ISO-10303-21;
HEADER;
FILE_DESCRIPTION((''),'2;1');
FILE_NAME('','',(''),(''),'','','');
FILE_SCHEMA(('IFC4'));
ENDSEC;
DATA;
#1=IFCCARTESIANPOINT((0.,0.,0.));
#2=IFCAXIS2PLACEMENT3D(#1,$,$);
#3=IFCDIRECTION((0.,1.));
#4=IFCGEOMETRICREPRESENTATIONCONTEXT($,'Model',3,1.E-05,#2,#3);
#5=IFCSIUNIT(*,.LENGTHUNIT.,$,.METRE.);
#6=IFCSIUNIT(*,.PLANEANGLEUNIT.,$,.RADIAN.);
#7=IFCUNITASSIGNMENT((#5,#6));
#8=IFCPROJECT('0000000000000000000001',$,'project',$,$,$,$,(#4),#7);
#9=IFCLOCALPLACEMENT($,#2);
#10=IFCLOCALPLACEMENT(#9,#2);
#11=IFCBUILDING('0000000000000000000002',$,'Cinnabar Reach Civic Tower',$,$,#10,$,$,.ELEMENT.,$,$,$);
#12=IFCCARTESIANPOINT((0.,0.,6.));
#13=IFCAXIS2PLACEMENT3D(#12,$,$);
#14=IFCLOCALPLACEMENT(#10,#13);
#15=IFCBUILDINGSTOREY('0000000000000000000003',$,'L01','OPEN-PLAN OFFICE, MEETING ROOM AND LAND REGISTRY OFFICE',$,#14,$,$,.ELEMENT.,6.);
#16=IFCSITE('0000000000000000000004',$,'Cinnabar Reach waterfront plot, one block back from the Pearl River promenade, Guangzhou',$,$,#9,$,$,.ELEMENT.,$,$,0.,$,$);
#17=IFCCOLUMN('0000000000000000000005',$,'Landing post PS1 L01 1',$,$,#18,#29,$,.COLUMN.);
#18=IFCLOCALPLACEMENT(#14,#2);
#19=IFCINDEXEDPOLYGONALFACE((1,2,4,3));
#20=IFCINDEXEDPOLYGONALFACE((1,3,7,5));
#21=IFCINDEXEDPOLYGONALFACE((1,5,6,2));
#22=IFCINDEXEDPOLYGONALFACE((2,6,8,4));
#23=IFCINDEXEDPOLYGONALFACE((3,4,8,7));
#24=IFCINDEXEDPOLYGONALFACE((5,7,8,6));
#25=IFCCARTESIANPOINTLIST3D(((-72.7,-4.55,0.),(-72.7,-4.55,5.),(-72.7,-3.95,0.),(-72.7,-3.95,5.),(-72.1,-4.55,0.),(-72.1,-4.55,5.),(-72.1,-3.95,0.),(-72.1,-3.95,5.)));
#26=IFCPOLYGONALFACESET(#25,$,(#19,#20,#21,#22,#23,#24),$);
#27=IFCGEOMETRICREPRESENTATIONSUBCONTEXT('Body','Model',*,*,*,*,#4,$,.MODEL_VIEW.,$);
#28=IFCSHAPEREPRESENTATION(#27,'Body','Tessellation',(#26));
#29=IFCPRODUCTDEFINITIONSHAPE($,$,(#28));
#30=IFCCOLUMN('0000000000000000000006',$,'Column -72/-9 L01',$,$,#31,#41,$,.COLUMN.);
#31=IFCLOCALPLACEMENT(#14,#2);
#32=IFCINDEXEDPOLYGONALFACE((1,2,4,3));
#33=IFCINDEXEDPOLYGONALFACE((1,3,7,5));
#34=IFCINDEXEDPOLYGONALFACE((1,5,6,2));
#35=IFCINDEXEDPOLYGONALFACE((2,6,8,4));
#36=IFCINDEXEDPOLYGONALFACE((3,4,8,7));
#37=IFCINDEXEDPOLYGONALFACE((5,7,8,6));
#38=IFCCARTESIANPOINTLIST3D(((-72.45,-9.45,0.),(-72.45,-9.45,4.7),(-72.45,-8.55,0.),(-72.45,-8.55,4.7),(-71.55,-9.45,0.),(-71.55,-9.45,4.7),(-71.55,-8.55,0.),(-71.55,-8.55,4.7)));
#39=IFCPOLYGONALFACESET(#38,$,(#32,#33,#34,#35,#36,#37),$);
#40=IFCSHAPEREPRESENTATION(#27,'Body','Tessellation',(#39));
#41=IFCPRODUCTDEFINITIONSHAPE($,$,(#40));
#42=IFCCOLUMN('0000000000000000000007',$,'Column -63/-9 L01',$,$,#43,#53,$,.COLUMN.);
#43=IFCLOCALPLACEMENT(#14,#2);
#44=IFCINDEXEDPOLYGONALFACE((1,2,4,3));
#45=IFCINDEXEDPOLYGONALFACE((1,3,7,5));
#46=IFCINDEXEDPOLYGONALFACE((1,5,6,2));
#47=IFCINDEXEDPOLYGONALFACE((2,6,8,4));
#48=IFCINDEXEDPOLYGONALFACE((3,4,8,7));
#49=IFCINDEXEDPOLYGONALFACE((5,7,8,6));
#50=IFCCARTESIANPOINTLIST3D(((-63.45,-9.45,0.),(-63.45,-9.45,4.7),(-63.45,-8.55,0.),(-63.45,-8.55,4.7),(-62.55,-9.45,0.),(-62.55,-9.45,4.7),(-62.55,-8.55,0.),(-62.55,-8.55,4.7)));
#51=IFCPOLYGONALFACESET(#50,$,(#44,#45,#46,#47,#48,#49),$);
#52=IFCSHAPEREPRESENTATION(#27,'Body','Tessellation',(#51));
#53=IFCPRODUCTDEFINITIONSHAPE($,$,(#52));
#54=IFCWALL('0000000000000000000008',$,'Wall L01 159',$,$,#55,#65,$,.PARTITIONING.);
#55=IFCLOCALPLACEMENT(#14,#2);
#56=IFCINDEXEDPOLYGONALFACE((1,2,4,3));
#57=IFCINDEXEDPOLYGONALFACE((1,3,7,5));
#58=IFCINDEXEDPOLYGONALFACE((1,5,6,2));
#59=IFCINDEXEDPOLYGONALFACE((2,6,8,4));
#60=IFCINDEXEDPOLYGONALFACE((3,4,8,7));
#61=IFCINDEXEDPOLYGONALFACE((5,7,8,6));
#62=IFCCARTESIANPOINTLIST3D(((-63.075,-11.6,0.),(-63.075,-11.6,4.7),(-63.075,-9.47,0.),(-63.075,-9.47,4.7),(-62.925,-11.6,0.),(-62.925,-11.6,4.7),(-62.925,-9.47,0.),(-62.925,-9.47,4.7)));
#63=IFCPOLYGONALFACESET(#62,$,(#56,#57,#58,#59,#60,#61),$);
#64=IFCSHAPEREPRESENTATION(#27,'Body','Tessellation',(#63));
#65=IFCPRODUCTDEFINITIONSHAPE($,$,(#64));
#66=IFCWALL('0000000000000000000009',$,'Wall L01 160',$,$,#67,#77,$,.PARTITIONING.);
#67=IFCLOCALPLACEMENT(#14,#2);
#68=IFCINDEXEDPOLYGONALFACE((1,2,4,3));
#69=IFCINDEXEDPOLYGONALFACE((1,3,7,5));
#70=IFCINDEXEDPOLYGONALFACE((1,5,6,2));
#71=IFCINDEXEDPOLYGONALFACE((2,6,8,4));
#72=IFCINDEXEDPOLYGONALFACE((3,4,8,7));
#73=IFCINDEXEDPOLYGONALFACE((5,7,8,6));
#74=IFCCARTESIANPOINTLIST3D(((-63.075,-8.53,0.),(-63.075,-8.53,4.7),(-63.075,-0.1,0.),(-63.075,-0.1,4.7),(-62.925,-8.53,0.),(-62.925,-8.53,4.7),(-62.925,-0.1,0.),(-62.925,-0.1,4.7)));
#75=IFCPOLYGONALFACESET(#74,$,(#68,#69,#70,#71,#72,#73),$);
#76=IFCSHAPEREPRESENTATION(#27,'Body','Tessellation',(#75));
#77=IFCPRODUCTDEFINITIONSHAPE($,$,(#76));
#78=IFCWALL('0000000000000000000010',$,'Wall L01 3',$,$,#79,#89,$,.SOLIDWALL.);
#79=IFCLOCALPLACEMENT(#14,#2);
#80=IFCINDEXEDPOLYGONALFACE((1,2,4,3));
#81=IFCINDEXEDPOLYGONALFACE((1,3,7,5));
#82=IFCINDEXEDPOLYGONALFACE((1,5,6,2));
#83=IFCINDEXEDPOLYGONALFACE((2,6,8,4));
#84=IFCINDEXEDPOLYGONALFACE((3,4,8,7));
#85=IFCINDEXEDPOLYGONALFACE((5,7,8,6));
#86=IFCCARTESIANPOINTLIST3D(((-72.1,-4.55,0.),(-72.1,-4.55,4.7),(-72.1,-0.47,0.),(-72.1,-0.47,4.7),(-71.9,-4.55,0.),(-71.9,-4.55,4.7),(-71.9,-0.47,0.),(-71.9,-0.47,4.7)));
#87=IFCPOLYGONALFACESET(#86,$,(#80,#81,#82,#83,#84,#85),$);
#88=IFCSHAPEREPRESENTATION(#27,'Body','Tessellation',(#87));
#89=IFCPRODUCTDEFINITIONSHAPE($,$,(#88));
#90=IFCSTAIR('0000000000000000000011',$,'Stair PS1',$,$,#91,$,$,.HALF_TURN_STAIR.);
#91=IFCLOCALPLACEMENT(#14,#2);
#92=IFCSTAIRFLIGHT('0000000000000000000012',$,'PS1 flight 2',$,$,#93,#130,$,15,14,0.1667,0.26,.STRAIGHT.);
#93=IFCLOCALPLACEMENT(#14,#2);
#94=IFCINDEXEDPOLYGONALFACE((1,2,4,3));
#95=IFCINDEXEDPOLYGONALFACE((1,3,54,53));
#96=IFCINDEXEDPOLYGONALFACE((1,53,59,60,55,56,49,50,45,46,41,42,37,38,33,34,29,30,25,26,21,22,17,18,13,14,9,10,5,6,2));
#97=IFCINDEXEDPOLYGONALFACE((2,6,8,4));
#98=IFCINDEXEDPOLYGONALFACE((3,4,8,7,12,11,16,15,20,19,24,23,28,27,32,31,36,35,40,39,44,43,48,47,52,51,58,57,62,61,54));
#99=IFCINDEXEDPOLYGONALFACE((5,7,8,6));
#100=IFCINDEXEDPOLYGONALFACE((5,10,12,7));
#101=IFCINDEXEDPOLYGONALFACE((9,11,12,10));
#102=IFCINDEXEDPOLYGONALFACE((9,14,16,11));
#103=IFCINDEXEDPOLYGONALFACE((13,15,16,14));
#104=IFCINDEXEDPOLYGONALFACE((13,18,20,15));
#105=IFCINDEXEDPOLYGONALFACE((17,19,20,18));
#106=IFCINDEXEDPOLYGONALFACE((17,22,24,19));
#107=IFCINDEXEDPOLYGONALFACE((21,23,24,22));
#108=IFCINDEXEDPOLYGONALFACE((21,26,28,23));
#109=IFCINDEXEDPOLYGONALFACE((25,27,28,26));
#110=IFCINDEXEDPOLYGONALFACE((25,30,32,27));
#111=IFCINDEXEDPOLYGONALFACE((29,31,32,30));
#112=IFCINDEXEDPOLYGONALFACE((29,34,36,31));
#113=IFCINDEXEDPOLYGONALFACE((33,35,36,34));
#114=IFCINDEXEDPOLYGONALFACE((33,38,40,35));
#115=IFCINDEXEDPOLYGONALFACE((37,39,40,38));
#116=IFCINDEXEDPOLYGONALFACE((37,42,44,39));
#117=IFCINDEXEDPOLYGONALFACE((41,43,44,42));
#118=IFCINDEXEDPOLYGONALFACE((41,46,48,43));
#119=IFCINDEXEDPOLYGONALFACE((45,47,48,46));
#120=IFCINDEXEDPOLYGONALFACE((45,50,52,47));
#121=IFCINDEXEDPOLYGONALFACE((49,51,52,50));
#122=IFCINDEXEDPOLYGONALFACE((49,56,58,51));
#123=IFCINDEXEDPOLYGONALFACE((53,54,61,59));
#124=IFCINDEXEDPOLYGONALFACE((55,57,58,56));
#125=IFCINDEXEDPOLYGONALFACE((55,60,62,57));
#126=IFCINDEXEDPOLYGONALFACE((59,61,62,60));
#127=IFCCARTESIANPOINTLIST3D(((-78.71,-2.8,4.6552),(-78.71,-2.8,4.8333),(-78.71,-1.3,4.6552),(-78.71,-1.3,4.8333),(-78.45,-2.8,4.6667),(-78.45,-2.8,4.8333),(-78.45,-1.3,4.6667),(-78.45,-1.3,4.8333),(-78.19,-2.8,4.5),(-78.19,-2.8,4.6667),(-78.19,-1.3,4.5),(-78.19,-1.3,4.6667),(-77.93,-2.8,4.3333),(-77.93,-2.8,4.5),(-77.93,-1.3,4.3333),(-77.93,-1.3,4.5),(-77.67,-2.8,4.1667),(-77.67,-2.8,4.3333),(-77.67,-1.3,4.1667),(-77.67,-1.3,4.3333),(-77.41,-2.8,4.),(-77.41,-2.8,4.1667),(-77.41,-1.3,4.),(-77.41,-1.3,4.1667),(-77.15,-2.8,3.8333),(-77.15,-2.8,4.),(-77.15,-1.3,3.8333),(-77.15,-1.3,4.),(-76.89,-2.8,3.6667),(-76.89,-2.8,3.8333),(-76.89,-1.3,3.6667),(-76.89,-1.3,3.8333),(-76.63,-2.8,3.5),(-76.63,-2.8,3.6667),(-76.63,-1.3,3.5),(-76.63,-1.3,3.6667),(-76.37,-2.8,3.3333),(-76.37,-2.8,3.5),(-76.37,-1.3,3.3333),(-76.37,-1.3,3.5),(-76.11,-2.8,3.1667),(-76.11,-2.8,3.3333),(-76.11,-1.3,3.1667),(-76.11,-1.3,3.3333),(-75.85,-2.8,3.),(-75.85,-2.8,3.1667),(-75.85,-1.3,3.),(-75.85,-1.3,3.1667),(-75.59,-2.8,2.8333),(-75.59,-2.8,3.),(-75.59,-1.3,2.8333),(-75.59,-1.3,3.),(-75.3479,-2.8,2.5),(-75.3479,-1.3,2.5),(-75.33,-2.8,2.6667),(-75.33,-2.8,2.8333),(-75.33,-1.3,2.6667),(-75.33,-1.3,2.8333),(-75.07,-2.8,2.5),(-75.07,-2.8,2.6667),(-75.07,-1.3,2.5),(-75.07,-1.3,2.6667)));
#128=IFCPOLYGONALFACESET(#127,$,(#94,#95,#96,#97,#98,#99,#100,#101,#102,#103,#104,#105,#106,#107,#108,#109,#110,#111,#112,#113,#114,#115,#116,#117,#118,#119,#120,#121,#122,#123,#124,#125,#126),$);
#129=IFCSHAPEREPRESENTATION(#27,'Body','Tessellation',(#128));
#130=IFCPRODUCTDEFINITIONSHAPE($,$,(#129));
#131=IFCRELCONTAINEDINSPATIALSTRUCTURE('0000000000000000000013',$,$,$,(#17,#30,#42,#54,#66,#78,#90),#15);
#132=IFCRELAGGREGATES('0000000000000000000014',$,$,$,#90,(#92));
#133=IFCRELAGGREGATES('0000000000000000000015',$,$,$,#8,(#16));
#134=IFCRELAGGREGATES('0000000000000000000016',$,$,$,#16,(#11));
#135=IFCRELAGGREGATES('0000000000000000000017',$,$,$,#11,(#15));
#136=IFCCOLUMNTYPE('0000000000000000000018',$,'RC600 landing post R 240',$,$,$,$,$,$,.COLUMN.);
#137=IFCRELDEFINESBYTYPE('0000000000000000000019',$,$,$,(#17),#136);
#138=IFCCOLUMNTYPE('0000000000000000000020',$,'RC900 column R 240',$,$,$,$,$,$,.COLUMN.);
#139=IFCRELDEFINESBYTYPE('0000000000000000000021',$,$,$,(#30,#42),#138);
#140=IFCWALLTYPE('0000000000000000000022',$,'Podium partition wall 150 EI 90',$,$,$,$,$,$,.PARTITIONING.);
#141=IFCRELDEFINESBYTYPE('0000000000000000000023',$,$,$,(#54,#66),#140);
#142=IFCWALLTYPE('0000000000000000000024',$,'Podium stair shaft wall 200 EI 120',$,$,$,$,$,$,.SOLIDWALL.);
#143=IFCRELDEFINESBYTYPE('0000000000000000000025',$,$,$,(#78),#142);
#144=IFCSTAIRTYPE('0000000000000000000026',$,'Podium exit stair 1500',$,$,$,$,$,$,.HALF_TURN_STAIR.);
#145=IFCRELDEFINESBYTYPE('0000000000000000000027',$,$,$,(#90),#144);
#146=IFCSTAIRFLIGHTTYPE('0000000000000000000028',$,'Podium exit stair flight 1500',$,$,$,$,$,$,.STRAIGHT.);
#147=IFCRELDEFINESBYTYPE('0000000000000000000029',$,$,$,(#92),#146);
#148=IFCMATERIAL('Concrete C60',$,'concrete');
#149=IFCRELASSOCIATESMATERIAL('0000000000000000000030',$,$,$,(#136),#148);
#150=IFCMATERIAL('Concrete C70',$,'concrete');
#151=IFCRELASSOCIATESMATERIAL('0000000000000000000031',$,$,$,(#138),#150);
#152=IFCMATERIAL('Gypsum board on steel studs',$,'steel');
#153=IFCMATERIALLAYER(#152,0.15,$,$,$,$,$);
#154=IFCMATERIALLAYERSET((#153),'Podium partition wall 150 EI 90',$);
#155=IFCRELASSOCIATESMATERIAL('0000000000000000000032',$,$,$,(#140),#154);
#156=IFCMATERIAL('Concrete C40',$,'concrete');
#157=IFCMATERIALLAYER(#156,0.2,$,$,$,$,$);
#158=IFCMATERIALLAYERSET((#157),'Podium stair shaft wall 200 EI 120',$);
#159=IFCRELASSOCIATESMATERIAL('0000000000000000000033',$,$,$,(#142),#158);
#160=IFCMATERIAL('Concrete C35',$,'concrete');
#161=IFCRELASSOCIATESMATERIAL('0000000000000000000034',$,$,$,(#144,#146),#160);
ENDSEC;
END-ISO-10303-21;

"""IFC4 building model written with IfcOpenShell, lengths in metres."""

from ifc_helpers import new_model, si_unit, direction, frame, frame_2d, origin, origin_2d, place, context, subcontext, project, spatial, polyline, rectangle, outline, extrude, material, layer, layer_set, material_profile, profile_set, type_object, element, aggregate, save


model = new_model("IFC4")

# Units and contexts
model_context = context("Model", 3, precision=1e-05, world=origin(), true_north=direction((0.0, 1.0)))
body_context = subcontext(model_context, "Body", "Model", "MODEL_VIEW")
ifc_project = project(units=[si_unit("LENGTHUNIT", "METRE"), si_unit("PLANEANGLEUNIT", "RADIAN")], contexts=[model_context])

# Site, building, storey
site_placement = place(None, origin())
site = spatial("IfcSite", under=ifc_project, at=site_placement, Name="Cinnabar Reach waterfront plot, one block back from the Pearl River promenade, Guangzhou", CompositionType="ELEMENT", RefElevation=0.0)
building_placement = place(site_placement, origin())
building = spatial("IfcBuilding", under=site, at=building_placement, Name="Cinnabar Reach Civic Tower", CompositionType="ELEMENT")
storey_placement = place(building_placement, frame((0.0, 0.0, 6.0)))
storey = spatial("IfcBuildingStorey", under=building, at=storey_placement, Name="L01", Description="OPEN-PLAN OFFICE, MEETING ROOM AND LAND REGISTRY OFFICE", CompositionType="ELEMENT", Elevation=6.0)

# Columns
ifc_material_1 = material(Name="Concrete C60", Category="concrete")
ifc_material_profile_1 = material_profile(ifc_material_1, rectangle(XDim=0.6, YDim=0.6, at=origin_2d()), Name="RC600")
ifc_profile_set_1 = profile_set([ifc_material_profile_1], Name="Concrete C60")
column_type_1 = type_object("IfcColumnType", Name="RC600 landing post R 240", PredefinedType="COLUMN", material=ifc_profile_set_1)
column_placement = place(storey_placement, frame((-72.4, -4.25, 0.0), z_axis=(0.0, 0.0, 1.0), x_axis=(1.0, 0.0, 0.0)))
element("IfcColumn", 1, at=column_placement, inside=storey, type_object=column_type_1, Name="Landing post PS1 L01 1", PredefinedType="COLUMN", context=body_context, shape_type="SweptSolid", body=[
    extrude(rectangle(XDim=0.6, YDim=0.6, at=origin_2d()), origin(), (0.0, 0.0, 1.0), 5.0),
])
ifc_material_2 = material(Name="Concrete C70", Category="concrete")
ifc_material_profile_2 = material_profile(ifc_material_2, rectangle(XDim=0.9, YDim=0.9, at=origin_2d()), Name="RC900")
ifc_profile_set_2 = profile_set([ifc_material_profile_2], Name="Concrete C70")
column_type_2 = type_object("IfcColumnType", Name="RC900 column R 240", PredefinedType="COLUMN", material=ifc_profile_set_2)
for number, where, z_axis, x_axis, name in (
    (2, (-72.0, -9.0, 0.0), (0.0, 0.0, 1.0), (1.0, 0.0, 0.0), "Column -72/-9 L01"),
    (3, (-63.0, -9.0, 0.0), (0.0, 0.0, 1.0), (1.0, 0.0, 0.0), "Column -63/-9 L01"),
):
    element("IfcColumn", number, at=place(storey_placement, frame(where, z_axis=z_axis, x_axis=x_axis)), inside=storey, type_object=column_type_2, Name=name, PredefinedType="COLUMN", context=body_context, shape_type="SweptSolid", body=[
        extrude(rectangle(XDim=0.9, YDim=0.9, at=origin_2d()), origin(), (0.0, 0.0, 1.0), 4.7),
    ])

# Walls
ifc_material_3 = material(Name="Gypsum board on steel studs", Category="steel")
ifc_layer_1 = layer(ifc_material_3, 0.15)
ifc_layer_set_1 = layer_set([ifc_layer_1], Name="Podium partition wall 150 EI 90")
wall_type_1 = type_object("IfcWallType", Name="Podium partition wall 150 EI 90", PredefinedType="PARTITIONING", material=ifc_layer_set_1)
wall_1_placement = place(storey_placement, frame((-63.0, -11.6, 0.0), z_axis=(0.0, 0.0, 1.0), x_axis=(0.0, 1.0, 0.0)))
element("IfcWall", 4, at=wall_1_placement, inside=storey, type_object=wall_type_1, Name="Wall L01 159", PredefinedType="PARTITIONING", context=body_context, shape_type="SweptSolid", body=[
    extrude(rectangle(XDim=2.13, YDim=0.15, at=frame_2d((1.065, 0.0))), origin(), (0.0, 0.0, 1.0), 4.7),
])
wall_2_placement = place(storey_placement, frame((-63.0, -8.53, 0.0), z_axis=(0.0, 0.0, 1.0), x_axis=(0.0, 1.0, 0.0)))
element("IfcWall", 5, at=wall_2_placement, inside=storey, type_object=wall_type_1, Name="Wall L01 160", PredefinedType="PARTITIONING", context=body_context, shape_type="SweptSolid", body=[
    extrude(rectangle(XDim=8.43, YDim=0.15, at=frame_2d((4.215, 0.0))), origin(), (0.0, 0.0, 1.0), 4.7),
])
ifc_material_4 = material(Name="Concrete C40", Category="concrete")
ifc_layer_2 = layer(ifc_material_4, 0.2)
ifc_layer_set_2 = layer_set([ifc_layer_2], Name="Podium stair shaft wall 200 EI 120")
wall_type_2 = type_object("IfcWallType", Name="Podium stair shaft wall 200 EI 120", PredefinedType="SOLIDWALL", material=ifc_layer_set_2)
wall_3_placement = place(storey_placement, frame((-72.0, -4.55, 0.0), z_axis=(0.0, 0.0, 1.0), x_axis=(0.0, 1.0, 0.0)))
element("IfcWall", 6, at=wall_3_placement, inside=storey, type_object=wall_type_2, Name="Wall L01 3", PredefinedType="SOLIDWALL", context=body_context, shape_type="SweptSolid", body=[
    extrude(rectangle(XDim=4.08, YDim=0.2, at=frame_2d((2.04, 0.0))), origin(), (0.0, 0.0, 1.0), 4.7),
])

# Stair, stair flight
ifc_material_5 = material(Name="Concrete C35", Category="concrete")
stair_type = type_object("IfcStairType", Name="Podium exit stair 1500", PredefinedType="HALF_TURN_STAIR", material=ifc_material_5)
stair_placement = place(storey_placement, origin())
stair = element("IfcStair", 7, at=stair_placement, inside=storey, type_object=stair_type, Name="Stair PS1", PredefinedType="HALF_TURN_STAIR")
stair_flight_type = type_object("IfcStairFlightType", Name="Podium exit stair flight 1500", PredefinedType="STRAIGHT", material=ifc_material_5)
stair_flight_placement = place(storey_placement, frame((-75.07, -2.05, 2.5), z_axis=(0.0, 0.0, 1.0), x_axis=(-1.0, 0.0, 0.0)))
stair_flight = element("IfcStairFlight", 8, at=stair_flight_placement, type_object=stair_flight_type, Name="PS1 flight 2", NumberOfRisers=15, NumberOfTreads=14, PredefinedType="STRAIGHT", RiserHeight=0.1667, TreadLength=0.26, context=body_context, shape_type="SweptSolid", body=[
    extrude(outline(polyline([(0.0, 0.0), (0.0, 0.1667), (0.26, 0.1667), (0.26, 0.3333), (0.52, 0.3333), (0.52, 0.5), (0.78, 0.5), (0.78, 0.6667), (1.04, 0.6667), (1.04, 0.8333), (1.3, 0.8333), (1.3, 1.0), (1.56, 1.0), (1.56, 1.1667), (1.82, 1.1667), (1.82, 1.3333), (2.08, 1.3333), (2.08, 1.5), (2.34, 1.5), (2.34, 1.6667), (2.6, 1.6667), (2.6, 1.8333), (2.86, 1.8333), (2.86, 2.0), (3.12, 2.0), (3.12, 2.1667), (3.38, 2.1667), (3.38, 2.3333), (3.64, 2.3333), (3.64, 2.5), (3.64, 2.1552), (0.2779, 0.0), (0.0, 0.0)])), frame((0.0, 0.75, 0.0), z_axis=(0.0, -1.0, 0.0), x_axis=(1.0, 0.0, 0.0)), (0.0, 0.0, 1.0), 1.5),
])
aggregate(stair, [stair_flight])

save(model, "model.ifc")
